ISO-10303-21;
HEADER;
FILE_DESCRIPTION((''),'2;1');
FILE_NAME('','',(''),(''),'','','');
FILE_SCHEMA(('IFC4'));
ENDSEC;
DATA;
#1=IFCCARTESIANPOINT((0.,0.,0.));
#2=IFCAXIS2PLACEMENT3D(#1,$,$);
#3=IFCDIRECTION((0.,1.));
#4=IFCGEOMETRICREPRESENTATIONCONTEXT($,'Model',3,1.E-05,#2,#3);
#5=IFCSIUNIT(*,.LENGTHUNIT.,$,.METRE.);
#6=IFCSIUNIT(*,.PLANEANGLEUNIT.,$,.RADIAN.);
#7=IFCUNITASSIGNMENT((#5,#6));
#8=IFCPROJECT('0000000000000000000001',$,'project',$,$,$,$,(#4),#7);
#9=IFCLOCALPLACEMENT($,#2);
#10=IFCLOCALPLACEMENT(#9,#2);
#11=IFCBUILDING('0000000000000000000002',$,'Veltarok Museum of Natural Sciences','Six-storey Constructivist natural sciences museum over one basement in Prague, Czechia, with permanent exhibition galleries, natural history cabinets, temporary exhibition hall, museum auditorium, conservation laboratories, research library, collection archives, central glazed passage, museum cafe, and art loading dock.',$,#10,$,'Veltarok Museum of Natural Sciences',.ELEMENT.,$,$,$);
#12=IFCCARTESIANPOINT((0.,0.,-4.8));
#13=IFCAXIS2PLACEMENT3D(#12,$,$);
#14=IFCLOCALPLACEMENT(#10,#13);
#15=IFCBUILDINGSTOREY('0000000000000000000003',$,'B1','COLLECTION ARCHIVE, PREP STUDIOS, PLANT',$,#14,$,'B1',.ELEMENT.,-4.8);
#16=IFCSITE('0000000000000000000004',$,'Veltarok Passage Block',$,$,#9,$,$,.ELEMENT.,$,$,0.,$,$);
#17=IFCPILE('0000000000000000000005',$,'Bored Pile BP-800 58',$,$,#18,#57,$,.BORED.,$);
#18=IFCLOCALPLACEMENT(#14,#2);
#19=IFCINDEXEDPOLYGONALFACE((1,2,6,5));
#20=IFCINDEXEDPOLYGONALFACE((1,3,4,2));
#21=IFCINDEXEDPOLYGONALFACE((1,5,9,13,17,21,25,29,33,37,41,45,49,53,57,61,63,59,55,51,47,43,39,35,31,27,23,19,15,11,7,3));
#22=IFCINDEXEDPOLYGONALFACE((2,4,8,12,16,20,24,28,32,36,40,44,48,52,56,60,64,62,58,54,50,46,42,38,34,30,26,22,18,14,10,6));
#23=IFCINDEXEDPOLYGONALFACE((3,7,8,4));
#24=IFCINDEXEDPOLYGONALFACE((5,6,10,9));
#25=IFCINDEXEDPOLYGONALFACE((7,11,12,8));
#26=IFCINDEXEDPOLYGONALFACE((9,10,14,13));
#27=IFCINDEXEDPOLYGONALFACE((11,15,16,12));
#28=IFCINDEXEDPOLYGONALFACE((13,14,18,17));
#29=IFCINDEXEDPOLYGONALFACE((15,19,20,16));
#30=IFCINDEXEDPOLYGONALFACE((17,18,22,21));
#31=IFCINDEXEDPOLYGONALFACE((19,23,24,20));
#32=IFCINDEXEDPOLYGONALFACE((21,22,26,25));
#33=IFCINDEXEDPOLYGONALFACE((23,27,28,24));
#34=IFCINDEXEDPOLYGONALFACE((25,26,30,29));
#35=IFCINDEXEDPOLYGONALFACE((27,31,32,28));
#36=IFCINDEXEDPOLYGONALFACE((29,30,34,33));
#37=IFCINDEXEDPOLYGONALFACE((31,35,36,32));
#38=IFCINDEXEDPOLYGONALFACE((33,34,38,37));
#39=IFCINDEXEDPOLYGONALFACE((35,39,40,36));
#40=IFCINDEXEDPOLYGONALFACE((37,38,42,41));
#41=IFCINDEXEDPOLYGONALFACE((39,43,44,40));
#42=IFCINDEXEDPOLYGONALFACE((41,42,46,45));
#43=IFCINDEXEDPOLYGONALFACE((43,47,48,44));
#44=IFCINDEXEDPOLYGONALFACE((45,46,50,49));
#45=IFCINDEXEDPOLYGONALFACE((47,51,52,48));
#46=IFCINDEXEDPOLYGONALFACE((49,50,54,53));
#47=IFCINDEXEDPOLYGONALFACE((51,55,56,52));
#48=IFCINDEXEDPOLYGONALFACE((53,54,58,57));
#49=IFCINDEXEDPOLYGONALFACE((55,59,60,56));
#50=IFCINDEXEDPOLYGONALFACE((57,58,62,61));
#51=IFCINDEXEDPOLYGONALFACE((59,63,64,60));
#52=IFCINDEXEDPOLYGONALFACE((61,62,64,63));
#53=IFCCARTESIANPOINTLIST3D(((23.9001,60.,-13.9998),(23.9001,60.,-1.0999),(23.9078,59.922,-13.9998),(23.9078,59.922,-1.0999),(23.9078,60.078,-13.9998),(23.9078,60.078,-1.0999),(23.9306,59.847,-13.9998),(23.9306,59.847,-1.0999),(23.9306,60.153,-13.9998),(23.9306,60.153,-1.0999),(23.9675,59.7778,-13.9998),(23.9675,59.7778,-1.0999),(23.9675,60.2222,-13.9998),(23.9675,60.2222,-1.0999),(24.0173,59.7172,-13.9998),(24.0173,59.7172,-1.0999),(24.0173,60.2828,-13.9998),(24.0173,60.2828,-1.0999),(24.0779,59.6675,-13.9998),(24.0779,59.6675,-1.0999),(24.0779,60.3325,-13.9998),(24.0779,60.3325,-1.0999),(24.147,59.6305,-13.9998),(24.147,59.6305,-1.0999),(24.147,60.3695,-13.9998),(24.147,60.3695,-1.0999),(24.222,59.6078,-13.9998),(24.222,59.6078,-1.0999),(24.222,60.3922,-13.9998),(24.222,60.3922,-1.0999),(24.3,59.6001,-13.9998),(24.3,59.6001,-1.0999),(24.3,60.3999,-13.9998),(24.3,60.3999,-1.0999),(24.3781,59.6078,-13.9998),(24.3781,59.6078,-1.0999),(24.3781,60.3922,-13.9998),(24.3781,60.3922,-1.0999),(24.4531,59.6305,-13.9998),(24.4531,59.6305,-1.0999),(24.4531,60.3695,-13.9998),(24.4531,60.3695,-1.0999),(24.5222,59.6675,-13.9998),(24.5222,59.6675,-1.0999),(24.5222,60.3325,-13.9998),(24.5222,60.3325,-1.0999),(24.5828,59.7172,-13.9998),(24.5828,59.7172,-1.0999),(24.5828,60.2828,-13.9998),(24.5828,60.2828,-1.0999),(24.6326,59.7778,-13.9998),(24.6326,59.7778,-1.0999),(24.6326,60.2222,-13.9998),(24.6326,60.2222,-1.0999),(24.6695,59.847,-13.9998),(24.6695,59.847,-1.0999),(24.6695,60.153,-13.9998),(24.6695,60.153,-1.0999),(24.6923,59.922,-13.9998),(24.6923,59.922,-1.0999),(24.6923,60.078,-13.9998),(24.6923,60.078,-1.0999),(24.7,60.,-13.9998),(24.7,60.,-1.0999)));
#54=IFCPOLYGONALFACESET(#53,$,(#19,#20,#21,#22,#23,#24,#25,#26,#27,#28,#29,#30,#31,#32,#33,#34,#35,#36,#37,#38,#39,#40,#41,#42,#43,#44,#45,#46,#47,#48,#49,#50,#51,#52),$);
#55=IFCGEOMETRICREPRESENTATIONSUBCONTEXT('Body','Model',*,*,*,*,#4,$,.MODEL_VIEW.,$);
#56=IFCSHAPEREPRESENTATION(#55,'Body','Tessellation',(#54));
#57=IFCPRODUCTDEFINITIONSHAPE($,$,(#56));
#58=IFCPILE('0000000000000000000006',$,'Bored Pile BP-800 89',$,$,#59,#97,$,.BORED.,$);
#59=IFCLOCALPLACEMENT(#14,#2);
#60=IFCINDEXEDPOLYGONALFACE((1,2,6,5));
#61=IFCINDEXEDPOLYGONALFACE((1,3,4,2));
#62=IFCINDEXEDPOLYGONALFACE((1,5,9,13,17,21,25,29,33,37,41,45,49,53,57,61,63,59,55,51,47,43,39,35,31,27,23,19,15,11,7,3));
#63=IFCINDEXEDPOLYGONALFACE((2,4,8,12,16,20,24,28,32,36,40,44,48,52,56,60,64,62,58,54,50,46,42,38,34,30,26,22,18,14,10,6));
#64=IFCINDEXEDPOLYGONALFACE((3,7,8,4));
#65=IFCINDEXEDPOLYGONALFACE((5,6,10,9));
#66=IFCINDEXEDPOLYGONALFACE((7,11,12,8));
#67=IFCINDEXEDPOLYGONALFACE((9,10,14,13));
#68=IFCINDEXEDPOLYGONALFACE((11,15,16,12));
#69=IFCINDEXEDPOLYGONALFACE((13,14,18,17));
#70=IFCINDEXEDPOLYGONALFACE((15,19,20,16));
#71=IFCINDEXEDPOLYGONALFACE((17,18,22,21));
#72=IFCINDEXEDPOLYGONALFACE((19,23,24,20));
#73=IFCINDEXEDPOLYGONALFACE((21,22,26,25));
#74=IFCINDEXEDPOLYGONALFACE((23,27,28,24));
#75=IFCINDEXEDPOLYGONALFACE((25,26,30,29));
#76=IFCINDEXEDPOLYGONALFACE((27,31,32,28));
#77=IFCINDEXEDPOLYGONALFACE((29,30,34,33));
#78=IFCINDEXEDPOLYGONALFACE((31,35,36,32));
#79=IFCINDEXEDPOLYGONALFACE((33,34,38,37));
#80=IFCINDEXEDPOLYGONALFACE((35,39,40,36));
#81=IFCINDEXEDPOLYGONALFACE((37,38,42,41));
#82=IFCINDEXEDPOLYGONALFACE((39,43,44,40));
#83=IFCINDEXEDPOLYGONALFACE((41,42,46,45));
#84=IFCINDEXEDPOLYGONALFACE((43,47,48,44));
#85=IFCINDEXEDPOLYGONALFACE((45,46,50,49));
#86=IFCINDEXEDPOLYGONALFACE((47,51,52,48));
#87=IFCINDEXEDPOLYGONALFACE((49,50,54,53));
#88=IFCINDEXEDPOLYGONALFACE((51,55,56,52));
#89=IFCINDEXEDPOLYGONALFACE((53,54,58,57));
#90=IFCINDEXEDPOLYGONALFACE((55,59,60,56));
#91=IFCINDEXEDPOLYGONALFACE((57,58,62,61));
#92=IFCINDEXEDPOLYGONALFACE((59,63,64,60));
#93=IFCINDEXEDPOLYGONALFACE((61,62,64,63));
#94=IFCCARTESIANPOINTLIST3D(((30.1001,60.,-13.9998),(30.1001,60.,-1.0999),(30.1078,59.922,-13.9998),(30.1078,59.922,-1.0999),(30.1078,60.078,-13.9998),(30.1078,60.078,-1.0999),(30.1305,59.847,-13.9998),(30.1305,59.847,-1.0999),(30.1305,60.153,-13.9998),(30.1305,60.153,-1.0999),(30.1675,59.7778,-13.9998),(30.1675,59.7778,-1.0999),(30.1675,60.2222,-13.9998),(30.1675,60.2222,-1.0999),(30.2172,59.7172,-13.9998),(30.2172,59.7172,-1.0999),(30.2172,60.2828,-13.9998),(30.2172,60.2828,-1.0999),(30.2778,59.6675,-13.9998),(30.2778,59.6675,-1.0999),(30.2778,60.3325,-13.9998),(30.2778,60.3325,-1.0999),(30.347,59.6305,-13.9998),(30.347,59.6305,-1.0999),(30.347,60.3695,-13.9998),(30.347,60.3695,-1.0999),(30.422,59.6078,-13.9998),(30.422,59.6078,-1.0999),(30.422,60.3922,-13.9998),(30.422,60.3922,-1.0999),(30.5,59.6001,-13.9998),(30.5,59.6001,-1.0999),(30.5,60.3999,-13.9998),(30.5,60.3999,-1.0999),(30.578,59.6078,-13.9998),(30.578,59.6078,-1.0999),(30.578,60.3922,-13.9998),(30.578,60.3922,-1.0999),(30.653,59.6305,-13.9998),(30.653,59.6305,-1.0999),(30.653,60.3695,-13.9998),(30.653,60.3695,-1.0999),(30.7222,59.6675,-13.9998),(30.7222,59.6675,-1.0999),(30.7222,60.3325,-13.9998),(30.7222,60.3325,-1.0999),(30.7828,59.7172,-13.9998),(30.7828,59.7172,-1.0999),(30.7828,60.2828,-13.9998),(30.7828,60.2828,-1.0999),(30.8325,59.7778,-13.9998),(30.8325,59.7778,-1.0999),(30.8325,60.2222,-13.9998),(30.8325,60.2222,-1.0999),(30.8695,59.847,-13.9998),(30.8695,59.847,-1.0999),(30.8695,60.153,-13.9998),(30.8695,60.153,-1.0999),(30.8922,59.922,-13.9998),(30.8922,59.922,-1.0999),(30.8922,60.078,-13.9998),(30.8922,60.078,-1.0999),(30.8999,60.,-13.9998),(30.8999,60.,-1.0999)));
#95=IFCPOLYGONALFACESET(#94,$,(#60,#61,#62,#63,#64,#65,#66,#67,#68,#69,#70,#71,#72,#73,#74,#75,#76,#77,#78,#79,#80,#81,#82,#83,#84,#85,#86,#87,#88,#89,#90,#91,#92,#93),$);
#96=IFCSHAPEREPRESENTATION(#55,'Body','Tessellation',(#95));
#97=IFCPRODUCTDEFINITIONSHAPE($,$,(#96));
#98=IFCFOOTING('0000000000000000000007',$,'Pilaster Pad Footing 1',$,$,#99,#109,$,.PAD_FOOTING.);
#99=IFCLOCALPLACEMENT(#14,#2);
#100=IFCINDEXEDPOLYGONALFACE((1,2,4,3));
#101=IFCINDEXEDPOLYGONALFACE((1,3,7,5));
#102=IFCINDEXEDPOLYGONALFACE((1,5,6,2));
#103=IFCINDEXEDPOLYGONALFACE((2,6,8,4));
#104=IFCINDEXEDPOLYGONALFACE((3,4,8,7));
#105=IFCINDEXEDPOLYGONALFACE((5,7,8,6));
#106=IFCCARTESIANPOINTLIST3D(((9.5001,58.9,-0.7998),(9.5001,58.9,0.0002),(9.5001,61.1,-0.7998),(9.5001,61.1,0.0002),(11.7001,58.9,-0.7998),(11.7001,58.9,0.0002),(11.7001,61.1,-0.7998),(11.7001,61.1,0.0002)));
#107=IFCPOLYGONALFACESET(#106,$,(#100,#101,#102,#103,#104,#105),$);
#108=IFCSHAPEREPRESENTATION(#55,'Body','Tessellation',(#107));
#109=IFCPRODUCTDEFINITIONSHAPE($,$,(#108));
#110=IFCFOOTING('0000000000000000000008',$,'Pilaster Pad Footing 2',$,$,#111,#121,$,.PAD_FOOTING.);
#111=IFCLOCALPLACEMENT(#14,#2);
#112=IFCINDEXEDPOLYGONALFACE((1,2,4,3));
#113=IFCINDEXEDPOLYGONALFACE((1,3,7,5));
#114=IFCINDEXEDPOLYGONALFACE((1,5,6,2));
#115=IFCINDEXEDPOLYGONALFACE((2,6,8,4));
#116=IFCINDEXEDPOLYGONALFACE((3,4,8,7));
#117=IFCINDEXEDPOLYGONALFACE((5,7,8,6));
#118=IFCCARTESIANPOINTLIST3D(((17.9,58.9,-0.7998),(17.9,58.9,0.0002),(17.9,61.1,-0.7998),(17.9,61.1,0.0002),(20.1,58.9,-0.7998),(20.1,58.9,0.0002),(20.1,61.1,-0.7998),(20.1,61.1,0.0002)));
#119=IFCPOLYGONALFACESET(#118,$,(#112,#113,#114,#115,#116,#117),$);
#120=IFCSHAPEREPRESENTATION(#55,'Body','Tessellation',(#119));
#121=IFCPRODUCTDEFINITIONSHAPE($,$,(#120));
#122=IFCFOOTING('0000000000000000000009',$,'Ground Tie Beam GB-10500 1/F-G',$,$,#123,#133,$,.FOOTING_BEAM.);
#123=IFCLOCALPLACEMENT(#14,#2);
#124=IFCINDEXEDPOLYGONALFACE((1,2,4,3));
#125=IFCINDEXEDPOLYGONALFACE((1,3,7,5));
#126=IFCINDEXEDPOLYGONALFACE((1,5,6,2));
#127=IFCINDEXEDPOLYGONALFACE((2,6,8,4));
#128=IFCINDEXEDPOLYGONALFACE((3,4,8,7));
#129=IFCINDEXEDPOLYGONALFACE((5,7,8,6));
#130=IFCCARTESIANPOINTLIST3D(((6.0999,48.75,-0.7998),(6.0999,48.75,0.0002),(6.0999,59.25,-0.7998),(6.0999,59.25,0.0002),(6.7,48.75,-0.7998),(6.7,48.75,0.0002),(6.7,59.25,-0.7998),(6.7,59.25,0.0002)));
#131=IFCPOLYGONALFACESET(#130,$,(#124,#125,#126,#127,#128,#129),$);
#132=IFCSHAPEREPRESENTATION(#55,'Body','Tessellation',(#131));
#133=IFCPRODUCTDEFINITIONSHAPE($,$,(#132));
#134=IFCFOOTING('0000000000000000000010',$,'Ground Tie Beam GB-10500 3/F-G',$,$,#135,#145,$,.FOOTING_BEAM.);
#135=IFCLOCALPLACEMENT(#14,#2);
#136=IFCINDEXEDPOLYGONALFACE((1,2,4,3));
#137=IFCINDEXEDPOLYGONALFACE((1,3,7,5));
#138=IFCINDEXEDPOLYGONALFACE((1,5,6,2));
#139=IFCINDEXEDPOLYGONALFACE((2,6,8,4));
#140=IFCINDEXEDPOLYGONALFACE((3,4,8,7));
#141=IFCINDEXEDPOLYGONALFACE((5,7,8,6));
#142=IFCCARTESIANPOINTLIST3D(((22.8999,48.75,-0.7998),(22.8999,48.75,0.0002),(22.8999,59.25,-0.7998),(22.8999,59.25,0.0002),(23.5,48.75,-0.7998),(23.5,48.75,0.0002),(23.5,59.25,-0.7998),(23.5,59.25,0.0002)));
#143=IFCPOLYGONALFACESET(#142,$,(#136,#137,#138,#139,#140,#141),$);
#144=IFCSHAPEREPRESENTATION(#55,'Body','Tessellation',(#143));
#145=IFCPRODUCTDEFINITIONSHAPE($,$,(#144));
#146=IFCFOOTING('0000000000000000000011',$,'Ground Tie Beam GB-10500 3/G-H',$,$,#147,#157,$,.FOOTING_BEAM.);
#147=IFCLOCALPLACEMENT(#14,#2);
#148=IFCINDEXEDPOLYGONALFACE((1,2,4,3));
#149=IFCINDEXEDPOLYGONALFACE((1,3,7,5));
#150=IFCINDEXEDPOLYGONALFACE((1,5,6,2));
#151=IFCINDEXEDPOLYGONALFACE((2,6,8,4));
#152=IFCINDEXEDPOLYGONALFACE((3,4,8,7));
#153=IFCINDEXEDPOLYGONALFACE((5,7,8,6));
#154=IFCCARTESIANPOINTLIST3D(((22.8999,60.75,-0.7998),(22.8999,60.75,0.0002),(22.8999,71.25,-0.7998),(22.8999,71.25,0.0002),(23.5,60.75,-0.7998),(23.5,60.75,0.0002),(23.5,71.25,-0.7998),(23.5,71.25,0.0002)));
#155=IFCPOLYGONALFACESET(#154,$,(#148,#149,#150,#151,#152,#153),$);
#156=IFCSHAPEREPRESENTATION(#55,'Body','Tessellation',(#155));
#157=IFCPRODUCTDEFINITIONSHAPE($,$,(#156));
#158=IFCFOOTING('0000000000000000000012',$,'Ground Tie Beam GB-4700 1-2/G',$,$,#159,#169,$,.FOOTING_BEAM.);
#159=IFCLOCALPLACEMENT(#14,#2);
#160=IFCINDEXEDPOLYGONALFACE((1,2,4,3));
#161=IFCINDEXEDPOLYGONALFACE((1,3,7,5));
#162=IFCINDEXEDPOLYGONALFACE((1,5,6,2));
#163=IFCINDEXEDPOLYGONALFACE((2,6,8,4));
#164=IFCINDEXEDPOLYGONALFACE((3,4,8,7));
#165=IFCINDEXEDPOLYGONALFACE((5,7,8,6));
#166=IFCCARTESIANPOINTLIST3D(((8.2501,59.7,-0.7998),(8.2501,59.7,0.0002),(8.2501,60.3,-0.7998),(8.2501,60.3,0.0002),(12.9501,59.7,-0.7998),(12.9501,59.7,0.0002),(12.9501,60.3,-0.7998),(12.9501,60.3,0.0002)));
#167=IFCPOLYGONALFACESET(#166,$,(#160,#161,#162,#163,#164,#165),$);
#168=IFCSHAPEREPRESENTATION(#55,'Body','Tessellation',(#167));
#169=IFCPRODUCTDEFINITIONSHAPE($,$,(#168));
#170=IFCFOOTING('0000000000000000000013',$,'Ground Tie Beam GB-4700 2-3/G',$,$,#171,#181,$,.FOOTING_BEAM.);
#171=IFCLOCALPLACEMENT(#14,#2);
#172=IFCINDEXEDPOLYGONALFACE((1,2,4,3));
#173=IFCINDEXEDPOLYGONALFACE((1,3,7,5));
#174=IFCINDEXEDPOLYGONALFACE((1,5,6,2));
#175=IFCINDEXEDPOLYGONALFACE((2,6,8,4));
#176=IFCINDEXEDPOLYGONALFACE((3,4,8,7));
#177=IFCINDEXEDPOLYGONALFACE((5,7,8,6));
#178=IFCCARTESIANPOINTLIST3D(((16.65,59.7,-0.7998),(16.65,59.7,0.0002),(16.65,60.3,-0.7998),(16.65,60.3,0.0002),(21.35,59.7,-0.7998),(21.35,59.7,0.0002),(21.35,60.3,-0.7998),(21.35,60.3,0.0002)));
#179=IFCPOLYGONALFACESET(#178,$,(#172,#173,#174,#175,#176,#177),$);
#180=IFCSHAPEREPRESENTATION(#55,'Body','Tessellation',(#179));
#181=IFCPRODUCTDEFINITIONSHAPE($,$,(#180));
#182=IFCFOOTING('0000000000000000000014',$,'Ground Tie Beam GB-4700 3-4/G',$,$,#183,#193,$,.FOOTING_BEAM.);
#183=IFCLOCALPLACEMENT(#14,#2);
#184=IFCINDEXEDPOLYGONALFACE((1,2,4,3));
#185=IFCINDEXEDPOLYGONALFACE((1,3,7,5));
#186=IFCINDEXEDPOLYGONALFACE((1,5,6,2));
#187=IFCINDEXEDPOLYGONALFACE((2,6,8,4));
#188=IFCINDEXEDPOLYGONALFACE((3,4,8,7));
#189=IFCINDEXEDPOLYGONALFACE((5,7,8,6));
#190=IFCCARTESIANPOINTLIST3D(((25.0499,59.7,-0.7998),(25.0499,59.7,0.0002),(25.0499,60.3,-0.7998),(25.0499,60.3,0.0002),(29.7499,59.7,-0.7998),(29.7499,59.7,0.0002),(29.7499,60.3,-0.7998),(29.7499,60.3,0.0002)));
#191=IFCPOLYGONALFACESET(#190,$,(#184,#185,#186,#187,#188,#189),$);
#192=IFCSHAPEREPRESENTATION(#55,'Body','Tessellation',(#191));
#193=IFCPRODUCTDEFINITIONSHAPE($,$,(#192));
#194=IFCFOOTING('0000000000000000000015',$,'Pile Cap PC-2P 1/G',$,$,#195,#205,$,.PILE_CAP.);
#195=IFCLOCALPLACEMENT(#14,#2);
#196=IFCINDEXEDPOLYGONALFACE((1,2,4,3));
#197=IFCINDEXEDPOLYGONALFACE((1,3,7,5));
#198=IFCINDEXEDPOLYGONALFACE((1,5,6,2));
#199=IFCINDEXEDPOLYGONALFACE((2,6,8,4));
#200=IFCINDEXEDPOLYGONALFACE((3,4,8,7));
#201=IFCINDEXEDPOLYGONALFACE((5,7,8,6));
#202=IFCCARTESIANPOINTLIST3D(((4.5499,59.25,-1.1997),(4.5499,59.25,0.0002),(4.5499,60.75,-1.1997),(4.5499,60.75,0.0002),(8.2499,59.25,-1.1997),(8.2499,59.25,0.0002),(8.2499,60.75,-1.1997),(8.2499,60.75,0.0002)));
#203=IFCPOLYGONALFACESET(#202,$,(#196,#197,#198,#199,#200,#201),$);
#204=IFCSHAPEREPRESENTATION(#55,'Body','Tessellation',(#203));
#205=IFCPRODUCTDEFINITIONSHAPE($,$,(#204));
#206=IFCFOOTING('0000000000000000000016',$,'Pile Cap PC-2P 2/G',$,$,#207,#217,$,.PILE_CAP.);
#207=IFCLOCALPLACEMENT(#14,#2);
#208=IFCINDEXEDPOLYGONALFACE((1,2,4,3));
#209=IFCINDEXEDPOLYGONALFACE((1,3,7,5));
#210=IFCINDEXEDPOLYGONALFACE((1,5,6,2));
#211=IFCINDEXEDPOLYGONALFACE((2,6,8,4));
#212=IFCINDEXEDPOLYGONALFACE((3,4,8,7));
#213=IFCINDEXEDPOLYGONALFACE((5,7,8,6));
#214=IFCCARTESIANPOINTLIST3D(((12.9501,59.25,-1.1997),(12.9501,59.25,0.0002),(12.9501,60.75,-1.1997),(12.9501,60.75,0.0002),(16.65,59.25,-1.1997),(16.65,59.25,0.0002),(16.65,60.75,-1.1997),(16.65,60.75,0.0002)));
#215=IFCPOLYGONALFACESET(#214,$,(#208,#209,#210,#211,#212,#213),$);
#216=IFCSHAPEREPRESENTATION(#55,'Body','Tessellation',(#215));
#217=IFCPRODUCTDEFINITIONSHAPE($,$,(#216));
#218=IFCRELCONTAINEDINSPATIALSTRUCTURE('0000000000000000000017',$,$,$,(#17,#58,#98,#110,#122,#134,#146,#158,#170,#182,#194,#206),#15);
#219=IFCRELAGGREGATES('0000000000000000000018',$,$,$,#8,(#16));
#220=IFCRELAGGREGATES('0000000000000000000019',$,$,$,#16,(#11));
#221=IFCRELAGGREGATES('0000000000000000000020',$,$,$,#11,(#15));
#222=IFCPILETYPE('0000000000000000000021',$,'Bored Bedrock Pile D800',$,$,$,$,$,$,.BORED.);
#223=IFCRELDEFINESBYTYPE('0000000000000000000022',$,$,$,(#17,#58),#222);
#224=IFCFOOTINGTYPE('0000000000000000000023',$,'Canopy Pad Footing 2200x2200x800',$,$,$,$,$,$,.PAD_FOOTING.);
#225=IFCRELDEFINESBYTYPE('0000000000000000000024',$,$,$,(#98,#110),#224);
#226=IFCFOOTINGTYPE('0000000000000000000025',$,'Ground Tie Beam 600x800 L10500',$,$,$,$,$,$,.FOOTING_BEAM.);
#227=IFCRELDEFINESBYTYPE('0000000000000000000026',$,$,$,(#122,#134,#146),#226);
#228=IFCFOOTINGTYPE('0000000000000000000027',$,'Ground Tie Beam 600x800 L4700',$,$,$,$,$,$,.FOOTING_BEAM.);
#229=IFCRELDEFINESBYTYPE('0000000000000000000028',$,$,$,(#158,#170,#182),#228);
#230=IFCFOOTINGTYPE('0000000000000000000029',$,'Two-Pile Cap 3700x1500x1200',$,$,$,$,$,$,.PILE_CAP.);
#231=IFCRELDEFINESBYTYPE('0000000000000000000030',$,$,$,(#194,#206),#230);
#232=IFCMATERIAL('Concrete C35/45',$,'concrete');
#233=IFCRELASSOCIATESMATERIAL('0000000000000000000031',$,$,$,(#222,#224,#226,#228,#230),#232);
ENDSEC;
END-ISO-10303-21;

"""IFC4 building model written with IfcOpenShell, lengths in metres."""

from ifc_helpers import new_model, si_unit, direction, frame, origin, origin_2d, place, context, subcontext, project, spatial, rectangle, circle, extrude, material, material_profile, profile_set, type_object, element, save


model = new_model("IFC4")

# Units and contexts
model_context = context("Model", 3, precision=1e-05, world=origin(), true_north=direction((0.0, 1.0)))
body_context = subcontext(model_context, "Body", "Model", "MODEL_VIEW")
ifc_project = project(units=[si_unit("LENGTHUNIT", "METRE"), si_unit("PLANEANGLEUNIT", "RADIAN")], contexts=[model_context])

# Site, building, storey
site_placement = place(None, origin())
site = spatial("IfcSite", under=ifc_project, at=site_placement, Name="Veltarok Passage Block", CompositionType="ELEMENT", RefElevation=0.0)
building_placement = place(site_placement, origin())
building = spatial("IfcBuilding", under=site, at=building_placement, Name="Veltarok Museum of Natural Sciences", Description="Six-storey Constructivist natural sciences museum over one basement in Prague, Czechia, with permanent exhibition galleries, natural history cabinets, temporary exhibition hall, museum auditorium, conservation laboratories, research library, collection archives, central glazed passage, museum cafe, and art loading dock.", LongName="Veltarok Museum of Natural Sciences", CompositionType="ELEMENT")
storey_placement = place(building_placement, frame((0.0, 0.0, -4.8)))
storey = spatial("IfcBuildingStorey", under=building, at=storey_placement, Name="B1", Description="COLLECTION ARCHIVE, PREP STUDIOS, PLANT", LongName="B1", CompositionType="ELEMENT", Elevation=-4.8)

# Piles
ifc_material_1 = material(Name="Concrete C35/45", Category="concrete")
ifc_material_profile_1 = material_profile(ifc_material_1, circle(Radius=0.3999, at=origin_2d()), Name="BP D800")
ifc_profile_set_1 = profile_set([ifc_material_profile_1], Name="Concrete C35/45")
pile_type = type_object("IfcPileType", Name="Bored Bedrock Pile D800", PredefinedType="BORED", material=ifc_profile_set_1)
for number, where, z_axis, x_axis, name in (
    (1, (24.3, 60.0, -1.0999), (0.0, 0.0, -1.0), (1.0, 0.0, 0.0), "Bored Pile BP-800 58"),
    (2, (30.5, 60.0, -1.0999), (0.0, 0.0, -1.0), (1.0, 0.0, 0.0), "Bored Pile BP-800 89"),
):
    element("IfcPile", number, at=place(storey_placement, frame(where, z_axis=z_axis, x_axis=x_axis)), inside=storey, type_object=pile_type, Name=name, PredefinedType="BORED", context=body_context, shape_type="SweptSolid", body=[
        extrude(circle(Radius=0.3999, at=origin_2d()), origin(), (0.0, 0.0, 1.0), 12.8999),
    ])

# Footings
footing_type_1 = type_object("IfcFootingType", Name="Canopy Pad Footing 2200x2200x800", PredefinedType="PAD_FOOTING", material=ifc_material_1)
for number, where, z_axis, x_axis, name in (
    (3, (10.6001, 60.0, -0.7998), (0.0, 0.0, 1.0), (1.0, 0.0, 0.0), "Pilaster Pad Footing 1"),
    (4, (19.0, 60.0, -0.7998), (0.0, 0.0, 1.0), (1.0, 0.0, 0.0), "Pilaster Pad Footing 2"),
):
    element("IfcFooting", number, at=place(storey_placement, frame(where, z_axis=z_axis, x_axis=x_axis)), inside=storey, type_object=footing_type_1, Name=name, PredefinedType="PAD_FOOTING", context=body_context, shape_type="SweptSolid", body=[
        extrude(rectangle(XDim=2.2, YDim=2.2, at=origin_2d()), origin(), (0.0, 0.0, 1.0), 0.8),
    ])
footing_type_2 = type_object("IfcFootingType", Name="Ground Tie Beam 600x800 L10500", PredefinedType="FOOTING_BEAM", material=ifc_material_1)
for number, where, z_axis, x_axis, name in (
    (5, (6.3999, 54.0, -0.7998), (0.0, 0.0, 1.0), (0.0, 1.0, 0.0), "Ground Tie Beam GB-10500 1/F-G"),
    (6, (23.2, 54.0, -0.7998), (0.0, 0.0, 1.0), (0.0, 1.0, 0.0), "Ground Tie Beam GB-10500 3/F-G"),
    (7, (23.2, 66.0, -0.7998), (0.0, 0.0, 1.0), (0.0, 1.0, 0.0), "Ground Tie Beam GB-10500 3/G-H"),
):
    element("IfcFooting", number, at=place(storey_placement, frame(where, z_axis=z_axis, x_axis=x_axis)), inside=storey, type_object=footing_type_2, Name=name, PredefinedType="FOOTING_BEAM", context=body_context, shape_type="SweptSolid", body=[
        extrude(rectangle(XDim=10.5, YDim=0.6001, at=origin_2d()), origin(), (0.0, 0.0, 1.0), 0.8),
    ])
footing_type_3 = type_object("IfcFootingType", Name="Ground Tie Beam 600x800 L4700", PredefinedType="FOOTING_BEAM", material=ifc_material_1)
for number, where, z_axis, x_axis, name in (
    (8, (10.6001, 60.0, -0.7998), (0.0, 0.0, 1.0), (1.0, 0.0, 0.0), "Ground Tie Beam GB-4700 1-2/G"),
    (9, (19.0, 60.0, -0.7998), (0.0, 0.0, 1.0), (1.0, 0.0, 0.0), "Ground Tie Beam GB-4700 2-3/G"),
    (10, (27.3999, 60.0, -0.7998), (0.0, 0.0, 1.0), (1.0, 0.0, 0.0), "Ground Tie Beam GB-4700 3-4/G"),
):
    element("IfcFooting", number, at=place(storey_placement, frame(where, z_axis=z_axis, x_axis=x_axis)), inside=storey, type_object=footing_type_3, Name=name, PredefinedType="FOOTING_BEAM", context=body_context, shape_type="SweptSolid", body=[
        extrude(rectangle(XDim=4.7, YDim=0.6001, at=origin_2d()), origin(), (0.0, 0.0, 1.0), 0.8),
    ])
footing_type_4 = type_object("IfcFootingType", Name="Two-Pile Cap 3700x1500x1200", PredefinedType="PILE_CAP", material=ifc_material_1)
for number, where, z_axis, x_axis, name in (
    (11, (6.3999, 60.0, -1.1997), (0.0, 0.0, 1.0), (1.0, 0.0, 0.0), "Pile Cap PC-2P 1/G"),
    (12, (14.8, 60.0, -1.1997), (0.0, 0.0, 1.0), (1.0, 0.0, 0.0), "Pile Cap PC-2P 2/G"),
):
    element("IfcFooting", number, at=place(storey_placement, frame(where, z_axis=z_axis, x_axis=x_axis)), inside=storey, type_object=footing_type_4, Name=name, PredefinedType="PILE_CAP", context=body_context, shape_type="SweptSolid", body=[
        extrude(rectangle(XDim=3.7, YDim=1.5, at=origin_2d()), origin(), (0.0, 0.0, 1.0), 1.2),
    ])

save(model, "model.ifc")
